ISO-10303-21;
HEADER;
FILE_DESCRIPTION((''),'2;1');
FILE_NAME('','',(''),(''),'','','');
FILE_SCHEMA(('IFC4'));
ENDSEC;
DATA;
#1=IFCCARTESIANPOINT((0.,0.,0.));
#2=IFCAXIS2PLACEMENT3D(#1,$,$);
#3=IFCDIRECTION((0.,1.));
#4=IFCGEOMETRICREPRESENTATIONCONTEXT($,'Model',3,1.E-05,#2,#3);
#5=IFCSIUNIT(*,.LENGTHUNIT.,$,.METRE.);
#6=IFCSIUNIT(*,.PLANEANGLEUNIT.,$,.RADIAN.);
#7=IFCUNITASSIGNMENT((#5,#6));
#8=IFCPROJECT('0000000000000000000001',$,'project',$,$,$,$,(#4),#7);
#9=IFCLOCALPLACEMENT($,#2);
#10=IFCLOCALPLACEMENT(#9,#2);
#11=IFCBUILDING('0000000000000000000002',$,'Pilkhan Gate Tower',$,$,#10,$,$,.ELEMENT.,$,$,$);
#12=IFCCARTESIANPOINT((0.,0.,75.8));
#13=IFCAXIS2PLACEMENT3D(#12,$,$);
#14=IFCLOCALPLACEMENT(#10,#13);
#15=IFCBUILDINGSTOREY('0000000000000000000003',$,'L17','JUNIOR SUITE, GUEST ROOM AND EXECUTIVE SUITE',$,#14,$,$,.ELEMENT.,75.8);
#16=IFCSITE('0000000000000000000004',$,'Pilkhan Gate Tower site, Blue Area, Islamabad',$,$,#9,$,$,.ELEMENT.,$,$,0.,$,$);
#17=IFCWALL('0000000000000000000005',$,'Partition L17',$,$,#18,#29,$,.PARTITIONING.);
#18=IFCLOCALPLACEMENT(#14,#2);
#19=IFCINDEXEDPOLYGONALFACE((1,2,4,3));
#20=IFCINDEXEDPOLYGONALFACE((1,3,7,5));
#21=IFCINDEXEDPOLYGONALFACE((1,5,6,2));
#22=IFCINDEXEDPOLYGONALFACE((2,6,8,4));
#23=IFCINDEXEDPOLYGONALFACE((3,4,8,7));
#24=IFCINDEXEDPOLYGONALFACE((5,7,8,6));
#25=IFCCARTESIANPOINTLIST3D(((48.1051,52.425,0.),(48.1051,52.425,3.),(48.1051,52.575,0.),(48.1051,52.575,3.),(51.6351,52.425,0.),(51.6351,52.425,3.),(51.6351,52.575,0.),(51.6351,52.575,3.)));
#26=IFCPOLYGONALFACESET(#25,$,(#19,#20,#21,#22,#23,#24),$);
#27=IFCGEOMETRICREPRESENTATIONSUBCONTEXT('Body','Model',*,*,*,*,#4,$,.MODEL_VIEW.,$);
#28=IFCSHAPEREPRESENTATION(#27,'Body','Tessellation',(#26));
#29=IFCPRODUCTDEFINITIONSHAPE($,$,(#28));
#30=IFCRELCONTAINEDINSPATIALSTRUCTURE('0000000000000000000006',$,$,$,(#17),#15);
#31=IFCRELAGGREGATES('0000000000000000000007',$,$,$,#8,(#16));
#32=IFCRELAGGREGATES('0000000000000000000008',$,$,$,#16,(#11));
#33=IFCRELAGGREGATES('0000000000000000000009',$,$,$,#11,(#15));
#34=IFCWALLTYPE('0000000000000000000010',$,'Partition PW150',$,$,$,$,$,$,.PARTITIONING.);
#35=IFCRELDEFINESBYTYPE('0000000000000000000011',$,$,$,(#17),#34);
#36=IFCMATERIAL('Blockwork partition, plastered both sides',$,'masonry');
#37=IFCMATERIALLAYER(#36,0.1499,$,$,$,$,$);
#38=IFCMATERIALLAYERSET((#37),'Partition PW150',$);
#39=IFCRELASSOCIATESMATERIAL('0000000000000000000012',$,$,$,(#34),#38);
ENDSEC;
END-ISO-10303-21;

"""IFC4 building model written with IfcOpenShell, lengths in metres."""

from ifc_helpers import new_model, si_unit, direction, frame, frame_2d, origin, place, context, subcontext, project, spatial, rectangle, extrude, material, layer, layer_set, type_object, element, save


model = new_model("IFC4")

# Units and contexts
model_context = context("Model", 3, precision=1e-05, world=origin(), true_north=direction((0.0, 1.0)))
body_context = subcontext(model_context, "Body", "Model", "MODEL_VIEW")
ifc_project = project(units=[si_unit("LENGTHUNIT", "METRE"), si_unit("PLANEANGLEUNIT", "RADIAN")], contexts=[model_context])

# Site, building, storey
site_placement = place(None, origin())
site = spatial("IfcSite", under=ifc_project, at=site_placement, Name="Pilkhan Gate Tower site, Blue Area, Islamabad", CompositionType="ELEMENT", RefElevation=0.0)
building_placement = place(site_placement, origin())
building = spatial("IfcBuilding", under=site, at=building_placement, Name="Pilkhan Gate Tower", CompositionType="ELEMENT")
storey_placement = place(building_placement, frame((0.0, 0.0, 75.8)))
storey = spatial("IfcBuildingStorey", under=building, at=storey_placement, Name="L17", Description="JUNIOR SUITE, GUEST ROOM AND EXECUTIVE SUITE", CompositionType="ELEMENT", Elevation=75.8)

# Wall
ifc_material_1 = material(Name="Blockwork partition, plastered both sides", Category="masonry")
ifc_layer_1 = layer(ifc_material_1, 0.1499)
ifc_layer_set_1 = layer_set([ifc_layer_1], Name="Partition PW150")
wall_type_1 = type_object("IfcWallType", Name="Partition PW150", PredefinedType="PARTITIONING", material=ifc_layer_set_1)
wall_1_placement = place(storey_placement, frame((48.105, 52.5, 0.0), z_axis=(0.0, 0.0, 1.0), x_axis=(1.0, 0.0, 0.0)))
element("IfcWall", 1, at=wall_1_placement, inside=storey, type_object=wall_type_1, Name="Partition L17", PredefinedType="PARTITIONING", context=body_context, shape_type="SweptSolid", body=[
    extrude(rectangle(XDim=3.53, YDim=0.1499, at=frame_2d((1.7651, 0.0))), origin(), (0.0, 0.0, 1.0), 3.0),
])

save(model, "model.ifc")
